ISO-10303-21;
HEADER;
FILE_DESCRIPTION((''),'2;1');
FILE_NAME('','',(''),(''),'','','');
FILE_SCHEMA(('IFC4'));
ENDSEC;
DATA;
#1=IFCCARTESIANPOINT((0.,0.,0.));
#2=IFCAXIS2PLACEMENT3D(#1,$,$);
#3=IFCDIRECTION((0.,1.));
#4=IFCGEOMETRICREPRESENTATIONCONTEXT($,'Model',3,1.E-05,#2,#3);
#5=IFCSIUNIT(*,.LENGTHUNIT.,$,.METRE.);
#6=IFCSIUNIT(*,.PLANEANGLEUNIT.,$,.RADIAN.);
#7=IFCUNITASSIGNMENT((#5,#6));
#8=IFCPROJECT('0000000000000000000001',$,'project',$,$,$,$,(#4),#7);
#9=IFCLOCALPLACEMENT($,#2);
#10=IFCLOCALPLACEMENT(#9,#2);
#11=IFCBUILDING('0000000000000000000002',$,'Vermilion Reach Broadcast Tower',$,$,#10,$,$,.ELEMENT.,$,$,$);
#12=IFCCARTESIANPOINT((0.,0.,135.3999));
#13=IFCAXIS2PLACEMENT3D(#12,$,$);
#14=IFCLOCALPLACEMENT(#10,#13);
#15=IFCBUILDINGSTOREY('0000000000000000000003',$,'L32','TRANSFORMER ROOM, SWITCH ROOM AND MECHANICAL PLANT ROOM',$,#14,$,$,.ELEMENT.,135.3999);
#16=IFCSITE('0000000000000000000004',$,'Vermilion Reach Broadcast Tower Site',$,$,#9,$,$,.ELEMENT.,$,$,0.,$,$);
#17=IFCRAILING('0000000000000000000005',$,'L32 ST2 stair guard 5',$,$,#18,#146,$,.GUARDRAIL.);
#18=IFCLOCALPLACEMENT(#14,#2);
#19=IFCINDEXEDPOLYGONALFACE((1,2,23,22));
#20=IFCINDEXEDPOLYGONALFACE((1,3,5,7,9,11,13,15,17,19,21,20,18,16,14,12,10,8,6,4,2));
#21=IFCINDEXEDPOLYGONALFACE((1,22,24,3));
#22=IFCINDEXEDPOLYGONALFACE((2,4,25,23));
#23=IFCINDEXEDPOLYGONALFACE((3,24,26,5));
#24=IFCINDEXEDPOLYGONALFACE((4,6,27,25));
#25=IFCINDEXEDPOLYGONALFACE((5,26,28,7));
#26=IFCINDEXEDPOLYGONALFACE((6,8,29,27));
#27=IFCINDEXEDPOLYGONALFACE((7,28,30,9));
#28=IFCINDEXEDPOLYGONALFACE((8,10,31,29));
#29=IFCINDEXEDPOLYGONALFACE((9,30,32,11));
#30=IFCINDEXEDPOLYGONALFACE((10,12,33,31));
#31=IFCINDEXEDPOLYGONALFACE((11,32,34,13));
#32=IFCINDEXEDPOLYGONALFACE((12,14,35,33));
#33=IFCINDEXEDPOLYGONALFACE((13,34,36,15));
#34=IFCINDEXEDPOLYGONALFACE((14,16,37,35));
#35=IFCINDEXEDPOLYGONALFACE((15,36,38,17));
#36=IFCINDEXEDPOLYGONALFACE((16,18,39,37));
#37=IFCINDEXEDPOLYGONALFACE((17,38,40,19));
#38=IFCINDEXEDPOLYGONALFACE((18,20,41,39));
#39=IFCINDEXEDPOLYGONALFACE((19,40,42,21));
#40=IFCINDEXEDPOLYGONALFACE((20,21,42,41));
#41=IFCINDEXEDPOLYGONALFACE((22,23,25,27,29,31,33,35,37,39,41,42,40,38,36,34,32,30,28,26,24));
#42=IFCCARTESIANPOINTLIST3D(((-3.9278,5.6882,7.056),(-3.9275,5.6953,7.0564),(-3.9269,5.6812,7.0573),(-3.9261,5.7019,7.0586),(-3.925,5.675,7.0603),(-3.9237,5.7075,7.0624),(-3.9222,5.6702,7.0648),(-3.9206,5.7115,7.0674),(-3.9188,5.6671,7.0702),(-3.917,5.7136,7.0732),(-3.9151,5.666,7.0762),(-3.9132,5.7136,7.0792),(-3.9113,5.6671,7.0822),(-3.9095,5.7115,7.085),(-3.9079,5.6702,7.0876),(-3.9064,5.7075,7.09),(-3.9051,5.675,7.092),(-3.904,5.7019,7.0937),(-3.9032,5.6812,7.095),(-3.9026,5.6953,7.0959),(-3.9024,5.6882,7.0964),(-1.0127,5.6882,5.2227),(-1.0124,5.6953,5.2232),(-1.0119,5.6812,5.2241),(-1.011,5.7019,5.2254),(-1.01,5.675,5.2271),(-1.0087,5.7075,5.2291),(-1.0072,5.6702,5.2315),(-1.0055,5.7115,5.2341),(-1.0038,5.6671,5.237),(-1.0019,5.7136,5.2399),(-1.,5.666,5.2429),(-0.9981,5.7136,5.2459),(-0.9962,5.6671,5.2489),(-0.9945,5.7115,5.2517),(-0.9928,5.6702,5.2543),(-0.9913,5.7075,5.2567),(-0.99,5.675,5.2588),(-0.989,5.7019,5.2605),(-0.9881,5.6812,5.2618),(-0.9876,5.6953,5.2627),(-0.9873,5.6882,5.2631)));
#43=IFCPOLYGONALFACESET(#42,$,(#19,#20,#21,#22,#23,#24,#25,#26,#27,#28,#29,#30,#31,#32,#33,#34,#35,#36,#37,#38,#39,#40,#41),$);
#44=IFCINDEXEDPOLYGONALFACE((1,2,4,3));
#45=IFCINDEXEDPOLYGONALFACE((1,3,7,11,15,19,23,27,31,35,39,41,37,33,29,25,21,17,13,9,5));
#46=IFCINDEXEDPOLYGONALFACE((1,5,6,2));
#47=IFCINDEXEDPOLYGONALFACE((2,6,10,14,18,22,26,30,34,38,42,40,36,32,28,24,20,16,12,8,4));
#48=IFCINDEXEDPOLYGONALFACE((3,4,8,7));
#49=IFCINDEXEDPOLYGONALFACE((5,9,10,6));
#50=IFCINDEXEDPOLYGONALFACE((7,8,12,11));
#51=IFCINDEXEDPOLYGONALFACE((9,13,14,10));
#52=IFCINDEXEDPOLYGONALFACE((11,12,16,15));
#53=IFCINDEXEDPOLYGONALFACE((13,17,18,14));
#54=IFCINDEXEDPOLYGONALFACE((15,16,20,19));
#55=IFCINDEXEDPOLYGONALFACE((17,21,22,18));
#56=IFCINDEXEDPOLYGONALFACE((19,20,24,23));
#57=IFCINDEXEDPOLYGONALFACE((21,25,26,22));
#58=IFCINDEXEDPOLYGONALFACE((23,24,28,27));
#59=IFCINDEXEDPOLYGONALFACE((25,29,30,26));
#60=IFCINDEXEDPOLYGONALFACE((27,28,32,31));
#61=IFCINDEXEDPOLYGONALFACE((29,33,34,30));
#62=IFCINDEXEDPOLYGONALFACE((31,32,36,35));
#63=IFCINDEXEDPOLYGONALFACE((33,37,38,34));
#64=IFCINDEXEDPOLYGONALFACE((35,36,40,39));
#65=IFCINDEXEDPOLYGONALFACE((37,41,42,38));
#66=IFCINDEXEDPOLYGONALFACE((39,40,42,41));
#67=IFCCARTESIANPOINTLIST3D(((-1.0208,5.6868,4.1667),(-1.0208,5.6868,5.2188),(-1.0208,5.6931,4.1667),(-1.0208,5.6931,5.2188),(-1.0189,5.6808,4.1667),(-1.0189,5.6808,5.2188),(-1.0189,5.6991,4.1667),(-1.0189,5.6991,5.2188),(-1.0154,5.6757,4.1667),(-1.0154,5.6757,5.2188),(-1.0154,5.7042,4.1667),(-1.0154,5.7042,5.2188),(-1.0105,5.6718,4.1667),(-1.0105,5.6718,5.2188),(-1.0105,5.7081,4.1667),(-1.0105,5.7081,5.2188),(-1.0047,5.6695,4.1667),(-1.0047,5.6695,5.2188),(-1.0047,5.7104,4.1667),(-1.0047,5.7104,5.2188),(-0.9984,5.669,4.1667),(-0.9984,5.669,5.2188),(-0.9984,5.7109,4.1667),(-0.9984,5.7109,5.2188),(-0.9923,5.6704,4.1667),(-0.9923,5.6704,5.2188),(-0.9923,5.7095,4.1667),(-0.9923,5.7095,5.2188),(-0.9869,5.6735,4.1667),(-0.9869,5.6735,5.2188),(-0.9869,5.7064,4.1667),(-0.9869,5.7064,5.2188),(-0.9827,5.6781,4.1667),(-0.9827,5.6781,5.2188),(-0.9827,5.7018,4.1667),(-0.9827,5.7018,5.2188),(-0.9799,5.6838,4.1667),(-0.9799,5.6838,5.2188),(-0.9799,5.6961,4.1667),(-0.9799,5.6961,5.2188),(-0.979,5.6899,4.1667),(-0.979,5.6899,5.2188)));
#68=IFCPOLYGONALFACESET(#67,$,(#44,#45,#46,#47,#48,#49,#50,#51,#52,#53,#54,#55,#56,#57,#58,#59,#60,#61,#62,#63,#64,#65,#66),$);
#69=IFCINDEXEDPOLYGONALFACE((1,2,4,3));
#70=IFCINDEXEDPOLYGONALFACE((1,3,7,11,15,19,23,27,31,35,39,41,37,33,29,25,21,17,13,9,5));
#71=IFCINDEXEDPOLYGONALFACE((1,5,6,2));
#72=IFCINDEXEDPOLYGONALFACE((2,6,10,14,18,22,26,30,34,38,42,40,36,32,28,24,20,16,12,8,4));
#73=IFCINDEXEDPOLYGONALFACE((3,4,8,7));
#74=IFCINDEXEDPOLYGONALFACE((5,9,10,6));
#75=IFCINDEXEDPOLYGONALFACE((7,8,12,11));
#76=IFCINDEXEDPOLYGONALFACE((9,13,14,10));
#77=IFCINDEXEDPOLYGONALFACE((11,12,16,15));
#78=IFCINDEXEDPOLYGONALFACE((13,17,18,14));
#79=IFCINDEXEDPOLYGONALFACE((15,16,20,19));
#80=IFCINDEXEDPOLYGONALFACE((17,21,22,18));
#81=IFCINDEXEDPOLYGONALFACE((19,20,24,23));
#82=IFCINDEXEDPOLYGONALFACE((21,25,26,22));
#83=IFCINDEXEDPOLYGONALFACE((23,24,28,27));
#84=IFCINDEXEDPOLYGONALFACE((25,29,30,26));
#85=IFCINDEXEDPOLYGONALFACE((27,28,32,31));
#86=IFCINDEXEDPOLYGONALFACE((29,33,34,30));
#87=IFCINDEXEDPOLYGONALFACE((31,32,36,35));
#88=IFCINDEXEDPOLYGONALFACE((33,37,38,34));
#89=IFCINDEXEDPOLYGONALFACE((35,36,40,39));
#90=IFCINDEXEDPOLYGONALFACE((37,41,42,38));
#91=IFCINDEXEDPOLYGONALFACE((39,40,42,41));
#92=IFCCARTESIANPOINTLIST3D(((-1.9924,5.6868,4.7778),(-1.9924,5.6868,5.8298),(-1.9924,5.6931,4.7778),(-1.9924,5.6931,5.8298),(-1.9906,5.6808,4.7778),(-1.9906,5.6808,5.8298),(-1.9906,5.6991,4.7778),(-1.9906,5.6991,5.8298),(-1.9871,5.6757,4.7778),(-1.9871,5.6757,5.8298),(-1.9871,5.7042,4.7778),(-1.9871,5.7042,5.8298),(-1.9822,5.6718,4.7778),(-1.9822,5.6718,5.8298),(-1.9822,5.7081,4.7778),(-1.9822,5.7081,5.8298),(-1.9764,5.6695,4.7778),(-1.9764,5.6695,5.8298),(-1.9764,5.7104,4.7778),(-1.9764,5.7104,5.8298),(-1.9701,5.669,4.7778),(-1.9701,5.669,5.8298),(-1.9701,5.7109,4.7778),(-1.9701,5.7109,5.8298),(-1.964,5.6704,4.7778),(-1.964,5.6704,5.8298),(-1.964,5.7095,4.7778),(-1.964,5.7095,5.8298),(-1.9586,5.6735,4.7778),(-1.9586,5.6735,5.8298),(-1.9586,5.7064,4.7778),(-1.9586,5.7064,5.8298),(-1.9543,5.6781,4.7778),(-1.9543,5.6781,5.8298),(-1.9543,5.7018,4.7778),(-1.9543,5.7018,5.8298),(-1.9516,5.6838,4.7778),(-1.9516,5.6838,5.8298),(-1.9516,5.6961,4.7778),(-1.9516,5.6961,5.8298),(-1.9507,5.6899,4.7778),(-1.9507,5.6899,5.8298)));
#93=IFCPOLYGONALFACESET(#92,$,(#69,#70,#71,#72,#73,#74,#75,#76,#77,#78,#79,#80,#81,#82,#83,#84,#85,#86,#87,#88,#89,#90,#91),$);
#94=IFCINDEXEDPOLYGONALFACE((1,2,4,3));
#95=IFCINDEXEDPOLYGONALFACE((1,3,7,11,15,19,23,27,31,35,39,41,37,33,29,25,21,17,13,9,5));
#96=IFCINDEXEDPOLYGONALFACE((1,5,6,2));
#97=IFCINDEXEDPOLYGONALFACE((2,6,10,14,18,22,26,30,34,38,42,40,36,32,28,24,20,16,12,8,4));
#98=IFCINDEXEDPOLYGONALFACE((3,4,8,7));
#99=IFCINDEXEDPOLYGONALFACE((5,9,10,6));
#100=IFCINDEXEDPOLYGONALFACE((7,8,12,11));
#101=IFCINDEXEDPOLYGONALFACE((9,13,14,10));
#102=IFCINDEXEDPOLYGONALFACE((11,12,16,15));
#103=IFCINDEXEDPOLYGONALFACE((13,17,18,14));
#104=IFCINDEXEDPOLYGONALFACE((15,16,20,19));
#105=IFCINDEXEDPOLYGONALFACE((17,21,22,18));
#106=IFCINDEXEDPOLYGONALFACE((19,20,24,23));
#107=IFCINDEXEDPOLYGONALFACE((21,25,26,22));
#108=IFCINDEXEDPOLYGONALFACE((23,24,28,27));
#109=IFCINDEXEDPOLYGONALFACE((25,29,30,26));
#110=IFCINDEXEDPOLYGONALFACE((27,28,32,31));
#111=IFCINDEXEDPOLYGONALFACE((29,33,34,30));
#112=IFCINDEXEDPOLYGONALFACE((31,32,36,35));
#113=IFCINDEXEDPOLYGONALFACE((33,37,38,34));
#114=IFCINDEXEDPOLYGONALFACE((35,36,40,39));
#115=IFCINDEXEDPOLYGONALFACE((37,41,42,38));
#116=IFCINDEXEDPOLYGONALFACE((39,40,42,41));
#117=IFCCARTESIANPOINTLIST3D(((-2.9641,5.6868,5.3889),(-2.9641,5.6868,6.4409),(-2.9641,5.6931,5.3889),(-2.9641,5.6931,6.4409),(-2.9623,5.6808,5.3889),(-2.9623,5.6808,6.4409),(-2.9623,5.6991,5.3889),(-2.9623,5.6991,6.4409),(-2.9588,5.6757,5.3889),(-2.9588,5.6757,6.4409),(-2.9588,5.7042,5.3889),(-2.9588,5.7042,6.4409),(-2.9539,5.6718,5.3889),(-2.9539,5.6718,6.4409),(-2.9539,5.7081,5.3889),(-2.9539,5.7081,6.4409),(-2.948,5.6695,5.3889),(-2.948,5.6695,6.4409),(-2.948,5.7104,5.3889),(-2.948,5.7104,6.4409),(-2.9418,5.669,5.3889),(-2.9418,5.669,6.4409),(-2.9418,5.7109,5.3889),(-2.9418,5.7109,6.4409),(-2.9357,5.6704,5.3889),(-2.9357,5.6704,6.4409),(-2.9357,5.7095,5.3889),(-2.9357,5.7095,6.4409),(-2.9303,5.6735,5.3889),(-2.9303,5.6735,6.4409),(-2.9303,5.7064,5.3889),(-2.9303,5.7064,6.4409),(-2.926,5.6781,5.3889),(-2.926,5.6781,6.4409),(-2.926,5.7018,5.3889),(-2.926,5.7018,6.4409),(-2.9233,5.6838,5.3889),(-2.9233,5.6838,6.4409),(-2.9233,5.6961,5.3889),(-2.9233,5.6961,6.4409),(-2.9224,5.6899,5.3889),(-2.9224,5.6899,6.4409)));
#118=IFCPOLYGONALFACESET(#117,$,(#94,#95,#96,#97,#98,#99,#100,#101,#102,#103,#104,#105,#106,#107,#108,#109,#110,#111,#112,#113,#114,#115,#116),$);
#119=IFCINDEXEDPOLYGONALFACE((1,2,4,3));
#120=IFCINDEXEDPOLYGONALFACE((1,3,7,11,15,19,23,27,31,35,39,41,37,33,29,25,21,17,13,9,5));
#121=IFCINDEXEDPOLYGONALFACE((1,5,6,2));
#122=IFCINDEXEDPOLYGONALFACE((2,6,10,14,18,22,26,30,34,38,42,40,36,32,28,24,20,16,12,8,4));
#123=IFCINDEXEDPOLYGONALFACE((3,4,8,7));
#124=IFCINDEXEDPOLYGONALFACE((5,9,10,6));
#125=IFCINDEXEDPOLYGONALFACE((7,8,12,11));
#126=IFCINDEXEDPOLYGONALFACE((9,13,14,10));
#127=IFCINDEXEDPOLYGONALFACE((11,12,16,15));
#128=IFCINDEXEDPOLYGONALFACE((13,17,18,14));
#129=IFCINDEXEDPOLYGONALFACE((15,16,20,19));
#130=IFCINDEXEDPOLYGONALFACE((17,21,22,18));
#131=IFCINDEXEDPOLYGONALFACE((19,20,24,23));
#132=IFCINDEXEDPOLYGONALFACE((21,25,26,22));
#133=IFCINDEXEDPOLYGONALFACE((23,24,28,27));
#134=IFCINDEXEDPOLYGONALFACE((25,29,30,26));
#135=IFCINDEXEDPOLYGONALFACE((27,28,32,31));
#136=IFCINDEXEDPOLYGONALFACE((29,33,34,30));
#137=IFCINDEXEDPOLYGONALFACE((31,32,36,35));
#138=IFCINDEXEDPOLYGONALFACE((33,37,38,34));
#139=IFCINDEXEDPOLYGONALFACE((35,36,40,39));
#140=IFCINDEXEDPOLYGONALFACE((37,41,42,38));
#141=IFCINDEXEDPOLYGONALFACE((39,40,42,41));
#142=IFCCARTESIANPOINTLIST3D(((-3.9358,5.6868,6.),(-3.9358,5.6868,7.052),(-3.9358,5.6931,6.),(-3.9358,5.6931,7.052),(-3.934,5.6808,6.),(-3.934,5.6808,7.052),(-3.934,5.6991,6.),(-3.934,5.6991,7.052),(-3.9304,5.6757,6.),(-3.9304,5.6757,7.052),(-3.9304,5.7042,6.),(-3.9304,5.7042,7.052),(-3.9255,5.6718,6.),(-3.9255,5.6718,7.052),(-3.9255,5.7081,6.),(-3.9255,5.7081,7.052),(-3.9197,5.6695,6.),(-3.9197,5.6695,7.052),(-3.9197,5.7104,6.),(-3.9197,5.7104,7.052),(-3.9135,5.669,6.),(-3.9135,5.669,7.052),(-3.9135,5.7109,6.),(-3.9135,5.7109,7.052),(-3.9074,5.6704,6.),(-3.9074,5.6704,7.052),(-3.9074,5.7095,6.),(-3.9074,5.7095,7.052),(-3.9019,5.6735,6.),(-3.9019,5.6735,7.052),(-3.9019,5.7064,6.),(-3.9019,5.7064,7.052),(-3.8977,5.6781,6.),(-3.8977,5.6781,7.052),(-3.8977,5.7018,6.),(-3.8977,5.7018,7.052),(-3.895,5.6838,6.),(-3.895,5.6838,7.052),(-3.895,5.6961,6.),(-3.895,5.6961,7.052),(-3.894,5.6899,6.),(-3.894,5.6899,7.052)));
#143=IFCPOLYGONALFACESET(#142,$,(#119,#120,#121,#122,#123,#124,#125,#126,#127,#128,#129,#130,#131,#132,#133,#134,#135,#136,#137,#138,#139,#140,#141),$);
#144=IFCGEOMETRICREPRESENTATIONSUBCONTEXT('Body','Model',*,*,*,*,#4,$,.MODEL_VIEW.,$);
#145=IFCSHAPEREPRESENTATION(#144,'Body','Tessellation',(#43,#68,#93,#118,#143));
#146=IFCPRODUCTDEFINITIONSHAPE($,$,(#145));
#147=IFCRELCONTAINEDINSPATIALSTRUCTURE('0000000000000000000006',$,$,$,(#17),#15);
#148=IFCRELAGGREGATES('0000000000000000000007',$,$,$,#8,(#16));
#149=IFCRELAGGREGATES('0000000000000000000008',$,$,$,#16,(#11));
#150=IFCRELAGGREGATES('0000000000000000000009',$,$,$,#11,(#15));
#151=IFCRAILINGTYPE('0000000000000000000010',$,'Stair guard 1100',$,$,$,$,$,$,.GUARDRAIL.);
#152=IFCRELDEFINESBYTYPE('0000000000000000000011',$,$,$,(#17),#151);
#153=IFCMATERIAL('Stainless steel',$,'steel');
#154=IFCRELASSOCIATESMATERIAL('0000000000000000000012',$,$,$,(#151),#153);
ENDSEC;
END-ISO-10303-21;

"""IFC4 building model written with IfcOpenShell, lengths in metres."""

from ifc_helpers import new_model, si_unit, direction, frame, origin, origin_2d, place, context, subcontext, project, spatial, circle, extrude, material, type_object, element, save


model = new_model("IFC4")

# Units and contexts
model_context = context("Model", 3, precision=1e-05, world=origin(), true_north=direction((0.0, 1.0)))
body_context = subcontext(model_context, "Body", "Model", "MODEL_VIEW")
ifc_project = project(units=[si_unit("LENGTHUNIT", "METRE"), si_unit("PLANEANGLEUNIT", "RADIAN")], contexts=[model_context])

# Site, building, storey
site_placement = place(None, origin())
site = spatial("IfcSite", under=ifc_project, at=site_placement, Name="Vermilion Reach Broadcast Tower Site", CompositionType="ELEMENT", RefElevation=0.0)
building_placement = place(site_placement, origin())
building = spatial("IfcBuilding", under=site, at=building_placement, Name="Vermilion Reach Broadcast Tower", CompositionType="ELEMENT")
storey_placement = place(building_placement, frame((0.0, 0.0, 135.3999)))
storey = spatial("IfcBuildingStorey", under=building, at=storey_placement, Name="L32", Description="TRANSFORMER ROOM, SWITCH ROOM AND MECHANICAL PLANT ROOM", CompositionType="ELEMENT", Elevation=135.3999)

# Railing
ifc_material_1 = material(Name="Stainless steel", Category="steel")
railing_type_1 = type_object("IfcRailingType", Name="Stair guard 1100", PredefinedType="GUARDRAIL", material=ifc_material_1)
railing_1_placement = place(storey_placement, frame((-1.0, 5.6899, 4.1667)))
element("IfcRailing", 1, at=railing_1_placement, inside=storey, type_object=railing_type_1, Name="L32 ST2 stair guard 5", PredefinedType="GUARDRAIL", context=body_context, shape_type="SweptSolid", body=[
    extrude(circle(Radius=0.0239, at=origin_2d()), frame((0.0, 0.0, 1.0762), z_axis=(-0.846513, 0.0, 0.532368), x_axis=(0.0, -1.0, 0.0)), (0.0, 0.0, 1.0), 3.4436),
    extrude(circle(Radius=0.021, at=origin_2d()), origin(), (0.0, 0.0, 1.0), 1.052),
    extrude(circle(Radius=0.021, at=origin_2d()), frame((-0.9717, 0.0, 0.6111)), (0.0, 0.0, 1.0), 1.052),
    extrude(circle(Radius=0.021, at=origin_2d()), frame((-1.9434, 0.0, 1.2222)), (0.0, 0.0, 1.0), 1.052),
    extrude(circle(Radius=0.021, at=origin_2d()), frame((-2.915, 0.0, 1.8333)), (0.0, 0.0, 1.0), 1.052),
])

save(model, "model.ifc")
